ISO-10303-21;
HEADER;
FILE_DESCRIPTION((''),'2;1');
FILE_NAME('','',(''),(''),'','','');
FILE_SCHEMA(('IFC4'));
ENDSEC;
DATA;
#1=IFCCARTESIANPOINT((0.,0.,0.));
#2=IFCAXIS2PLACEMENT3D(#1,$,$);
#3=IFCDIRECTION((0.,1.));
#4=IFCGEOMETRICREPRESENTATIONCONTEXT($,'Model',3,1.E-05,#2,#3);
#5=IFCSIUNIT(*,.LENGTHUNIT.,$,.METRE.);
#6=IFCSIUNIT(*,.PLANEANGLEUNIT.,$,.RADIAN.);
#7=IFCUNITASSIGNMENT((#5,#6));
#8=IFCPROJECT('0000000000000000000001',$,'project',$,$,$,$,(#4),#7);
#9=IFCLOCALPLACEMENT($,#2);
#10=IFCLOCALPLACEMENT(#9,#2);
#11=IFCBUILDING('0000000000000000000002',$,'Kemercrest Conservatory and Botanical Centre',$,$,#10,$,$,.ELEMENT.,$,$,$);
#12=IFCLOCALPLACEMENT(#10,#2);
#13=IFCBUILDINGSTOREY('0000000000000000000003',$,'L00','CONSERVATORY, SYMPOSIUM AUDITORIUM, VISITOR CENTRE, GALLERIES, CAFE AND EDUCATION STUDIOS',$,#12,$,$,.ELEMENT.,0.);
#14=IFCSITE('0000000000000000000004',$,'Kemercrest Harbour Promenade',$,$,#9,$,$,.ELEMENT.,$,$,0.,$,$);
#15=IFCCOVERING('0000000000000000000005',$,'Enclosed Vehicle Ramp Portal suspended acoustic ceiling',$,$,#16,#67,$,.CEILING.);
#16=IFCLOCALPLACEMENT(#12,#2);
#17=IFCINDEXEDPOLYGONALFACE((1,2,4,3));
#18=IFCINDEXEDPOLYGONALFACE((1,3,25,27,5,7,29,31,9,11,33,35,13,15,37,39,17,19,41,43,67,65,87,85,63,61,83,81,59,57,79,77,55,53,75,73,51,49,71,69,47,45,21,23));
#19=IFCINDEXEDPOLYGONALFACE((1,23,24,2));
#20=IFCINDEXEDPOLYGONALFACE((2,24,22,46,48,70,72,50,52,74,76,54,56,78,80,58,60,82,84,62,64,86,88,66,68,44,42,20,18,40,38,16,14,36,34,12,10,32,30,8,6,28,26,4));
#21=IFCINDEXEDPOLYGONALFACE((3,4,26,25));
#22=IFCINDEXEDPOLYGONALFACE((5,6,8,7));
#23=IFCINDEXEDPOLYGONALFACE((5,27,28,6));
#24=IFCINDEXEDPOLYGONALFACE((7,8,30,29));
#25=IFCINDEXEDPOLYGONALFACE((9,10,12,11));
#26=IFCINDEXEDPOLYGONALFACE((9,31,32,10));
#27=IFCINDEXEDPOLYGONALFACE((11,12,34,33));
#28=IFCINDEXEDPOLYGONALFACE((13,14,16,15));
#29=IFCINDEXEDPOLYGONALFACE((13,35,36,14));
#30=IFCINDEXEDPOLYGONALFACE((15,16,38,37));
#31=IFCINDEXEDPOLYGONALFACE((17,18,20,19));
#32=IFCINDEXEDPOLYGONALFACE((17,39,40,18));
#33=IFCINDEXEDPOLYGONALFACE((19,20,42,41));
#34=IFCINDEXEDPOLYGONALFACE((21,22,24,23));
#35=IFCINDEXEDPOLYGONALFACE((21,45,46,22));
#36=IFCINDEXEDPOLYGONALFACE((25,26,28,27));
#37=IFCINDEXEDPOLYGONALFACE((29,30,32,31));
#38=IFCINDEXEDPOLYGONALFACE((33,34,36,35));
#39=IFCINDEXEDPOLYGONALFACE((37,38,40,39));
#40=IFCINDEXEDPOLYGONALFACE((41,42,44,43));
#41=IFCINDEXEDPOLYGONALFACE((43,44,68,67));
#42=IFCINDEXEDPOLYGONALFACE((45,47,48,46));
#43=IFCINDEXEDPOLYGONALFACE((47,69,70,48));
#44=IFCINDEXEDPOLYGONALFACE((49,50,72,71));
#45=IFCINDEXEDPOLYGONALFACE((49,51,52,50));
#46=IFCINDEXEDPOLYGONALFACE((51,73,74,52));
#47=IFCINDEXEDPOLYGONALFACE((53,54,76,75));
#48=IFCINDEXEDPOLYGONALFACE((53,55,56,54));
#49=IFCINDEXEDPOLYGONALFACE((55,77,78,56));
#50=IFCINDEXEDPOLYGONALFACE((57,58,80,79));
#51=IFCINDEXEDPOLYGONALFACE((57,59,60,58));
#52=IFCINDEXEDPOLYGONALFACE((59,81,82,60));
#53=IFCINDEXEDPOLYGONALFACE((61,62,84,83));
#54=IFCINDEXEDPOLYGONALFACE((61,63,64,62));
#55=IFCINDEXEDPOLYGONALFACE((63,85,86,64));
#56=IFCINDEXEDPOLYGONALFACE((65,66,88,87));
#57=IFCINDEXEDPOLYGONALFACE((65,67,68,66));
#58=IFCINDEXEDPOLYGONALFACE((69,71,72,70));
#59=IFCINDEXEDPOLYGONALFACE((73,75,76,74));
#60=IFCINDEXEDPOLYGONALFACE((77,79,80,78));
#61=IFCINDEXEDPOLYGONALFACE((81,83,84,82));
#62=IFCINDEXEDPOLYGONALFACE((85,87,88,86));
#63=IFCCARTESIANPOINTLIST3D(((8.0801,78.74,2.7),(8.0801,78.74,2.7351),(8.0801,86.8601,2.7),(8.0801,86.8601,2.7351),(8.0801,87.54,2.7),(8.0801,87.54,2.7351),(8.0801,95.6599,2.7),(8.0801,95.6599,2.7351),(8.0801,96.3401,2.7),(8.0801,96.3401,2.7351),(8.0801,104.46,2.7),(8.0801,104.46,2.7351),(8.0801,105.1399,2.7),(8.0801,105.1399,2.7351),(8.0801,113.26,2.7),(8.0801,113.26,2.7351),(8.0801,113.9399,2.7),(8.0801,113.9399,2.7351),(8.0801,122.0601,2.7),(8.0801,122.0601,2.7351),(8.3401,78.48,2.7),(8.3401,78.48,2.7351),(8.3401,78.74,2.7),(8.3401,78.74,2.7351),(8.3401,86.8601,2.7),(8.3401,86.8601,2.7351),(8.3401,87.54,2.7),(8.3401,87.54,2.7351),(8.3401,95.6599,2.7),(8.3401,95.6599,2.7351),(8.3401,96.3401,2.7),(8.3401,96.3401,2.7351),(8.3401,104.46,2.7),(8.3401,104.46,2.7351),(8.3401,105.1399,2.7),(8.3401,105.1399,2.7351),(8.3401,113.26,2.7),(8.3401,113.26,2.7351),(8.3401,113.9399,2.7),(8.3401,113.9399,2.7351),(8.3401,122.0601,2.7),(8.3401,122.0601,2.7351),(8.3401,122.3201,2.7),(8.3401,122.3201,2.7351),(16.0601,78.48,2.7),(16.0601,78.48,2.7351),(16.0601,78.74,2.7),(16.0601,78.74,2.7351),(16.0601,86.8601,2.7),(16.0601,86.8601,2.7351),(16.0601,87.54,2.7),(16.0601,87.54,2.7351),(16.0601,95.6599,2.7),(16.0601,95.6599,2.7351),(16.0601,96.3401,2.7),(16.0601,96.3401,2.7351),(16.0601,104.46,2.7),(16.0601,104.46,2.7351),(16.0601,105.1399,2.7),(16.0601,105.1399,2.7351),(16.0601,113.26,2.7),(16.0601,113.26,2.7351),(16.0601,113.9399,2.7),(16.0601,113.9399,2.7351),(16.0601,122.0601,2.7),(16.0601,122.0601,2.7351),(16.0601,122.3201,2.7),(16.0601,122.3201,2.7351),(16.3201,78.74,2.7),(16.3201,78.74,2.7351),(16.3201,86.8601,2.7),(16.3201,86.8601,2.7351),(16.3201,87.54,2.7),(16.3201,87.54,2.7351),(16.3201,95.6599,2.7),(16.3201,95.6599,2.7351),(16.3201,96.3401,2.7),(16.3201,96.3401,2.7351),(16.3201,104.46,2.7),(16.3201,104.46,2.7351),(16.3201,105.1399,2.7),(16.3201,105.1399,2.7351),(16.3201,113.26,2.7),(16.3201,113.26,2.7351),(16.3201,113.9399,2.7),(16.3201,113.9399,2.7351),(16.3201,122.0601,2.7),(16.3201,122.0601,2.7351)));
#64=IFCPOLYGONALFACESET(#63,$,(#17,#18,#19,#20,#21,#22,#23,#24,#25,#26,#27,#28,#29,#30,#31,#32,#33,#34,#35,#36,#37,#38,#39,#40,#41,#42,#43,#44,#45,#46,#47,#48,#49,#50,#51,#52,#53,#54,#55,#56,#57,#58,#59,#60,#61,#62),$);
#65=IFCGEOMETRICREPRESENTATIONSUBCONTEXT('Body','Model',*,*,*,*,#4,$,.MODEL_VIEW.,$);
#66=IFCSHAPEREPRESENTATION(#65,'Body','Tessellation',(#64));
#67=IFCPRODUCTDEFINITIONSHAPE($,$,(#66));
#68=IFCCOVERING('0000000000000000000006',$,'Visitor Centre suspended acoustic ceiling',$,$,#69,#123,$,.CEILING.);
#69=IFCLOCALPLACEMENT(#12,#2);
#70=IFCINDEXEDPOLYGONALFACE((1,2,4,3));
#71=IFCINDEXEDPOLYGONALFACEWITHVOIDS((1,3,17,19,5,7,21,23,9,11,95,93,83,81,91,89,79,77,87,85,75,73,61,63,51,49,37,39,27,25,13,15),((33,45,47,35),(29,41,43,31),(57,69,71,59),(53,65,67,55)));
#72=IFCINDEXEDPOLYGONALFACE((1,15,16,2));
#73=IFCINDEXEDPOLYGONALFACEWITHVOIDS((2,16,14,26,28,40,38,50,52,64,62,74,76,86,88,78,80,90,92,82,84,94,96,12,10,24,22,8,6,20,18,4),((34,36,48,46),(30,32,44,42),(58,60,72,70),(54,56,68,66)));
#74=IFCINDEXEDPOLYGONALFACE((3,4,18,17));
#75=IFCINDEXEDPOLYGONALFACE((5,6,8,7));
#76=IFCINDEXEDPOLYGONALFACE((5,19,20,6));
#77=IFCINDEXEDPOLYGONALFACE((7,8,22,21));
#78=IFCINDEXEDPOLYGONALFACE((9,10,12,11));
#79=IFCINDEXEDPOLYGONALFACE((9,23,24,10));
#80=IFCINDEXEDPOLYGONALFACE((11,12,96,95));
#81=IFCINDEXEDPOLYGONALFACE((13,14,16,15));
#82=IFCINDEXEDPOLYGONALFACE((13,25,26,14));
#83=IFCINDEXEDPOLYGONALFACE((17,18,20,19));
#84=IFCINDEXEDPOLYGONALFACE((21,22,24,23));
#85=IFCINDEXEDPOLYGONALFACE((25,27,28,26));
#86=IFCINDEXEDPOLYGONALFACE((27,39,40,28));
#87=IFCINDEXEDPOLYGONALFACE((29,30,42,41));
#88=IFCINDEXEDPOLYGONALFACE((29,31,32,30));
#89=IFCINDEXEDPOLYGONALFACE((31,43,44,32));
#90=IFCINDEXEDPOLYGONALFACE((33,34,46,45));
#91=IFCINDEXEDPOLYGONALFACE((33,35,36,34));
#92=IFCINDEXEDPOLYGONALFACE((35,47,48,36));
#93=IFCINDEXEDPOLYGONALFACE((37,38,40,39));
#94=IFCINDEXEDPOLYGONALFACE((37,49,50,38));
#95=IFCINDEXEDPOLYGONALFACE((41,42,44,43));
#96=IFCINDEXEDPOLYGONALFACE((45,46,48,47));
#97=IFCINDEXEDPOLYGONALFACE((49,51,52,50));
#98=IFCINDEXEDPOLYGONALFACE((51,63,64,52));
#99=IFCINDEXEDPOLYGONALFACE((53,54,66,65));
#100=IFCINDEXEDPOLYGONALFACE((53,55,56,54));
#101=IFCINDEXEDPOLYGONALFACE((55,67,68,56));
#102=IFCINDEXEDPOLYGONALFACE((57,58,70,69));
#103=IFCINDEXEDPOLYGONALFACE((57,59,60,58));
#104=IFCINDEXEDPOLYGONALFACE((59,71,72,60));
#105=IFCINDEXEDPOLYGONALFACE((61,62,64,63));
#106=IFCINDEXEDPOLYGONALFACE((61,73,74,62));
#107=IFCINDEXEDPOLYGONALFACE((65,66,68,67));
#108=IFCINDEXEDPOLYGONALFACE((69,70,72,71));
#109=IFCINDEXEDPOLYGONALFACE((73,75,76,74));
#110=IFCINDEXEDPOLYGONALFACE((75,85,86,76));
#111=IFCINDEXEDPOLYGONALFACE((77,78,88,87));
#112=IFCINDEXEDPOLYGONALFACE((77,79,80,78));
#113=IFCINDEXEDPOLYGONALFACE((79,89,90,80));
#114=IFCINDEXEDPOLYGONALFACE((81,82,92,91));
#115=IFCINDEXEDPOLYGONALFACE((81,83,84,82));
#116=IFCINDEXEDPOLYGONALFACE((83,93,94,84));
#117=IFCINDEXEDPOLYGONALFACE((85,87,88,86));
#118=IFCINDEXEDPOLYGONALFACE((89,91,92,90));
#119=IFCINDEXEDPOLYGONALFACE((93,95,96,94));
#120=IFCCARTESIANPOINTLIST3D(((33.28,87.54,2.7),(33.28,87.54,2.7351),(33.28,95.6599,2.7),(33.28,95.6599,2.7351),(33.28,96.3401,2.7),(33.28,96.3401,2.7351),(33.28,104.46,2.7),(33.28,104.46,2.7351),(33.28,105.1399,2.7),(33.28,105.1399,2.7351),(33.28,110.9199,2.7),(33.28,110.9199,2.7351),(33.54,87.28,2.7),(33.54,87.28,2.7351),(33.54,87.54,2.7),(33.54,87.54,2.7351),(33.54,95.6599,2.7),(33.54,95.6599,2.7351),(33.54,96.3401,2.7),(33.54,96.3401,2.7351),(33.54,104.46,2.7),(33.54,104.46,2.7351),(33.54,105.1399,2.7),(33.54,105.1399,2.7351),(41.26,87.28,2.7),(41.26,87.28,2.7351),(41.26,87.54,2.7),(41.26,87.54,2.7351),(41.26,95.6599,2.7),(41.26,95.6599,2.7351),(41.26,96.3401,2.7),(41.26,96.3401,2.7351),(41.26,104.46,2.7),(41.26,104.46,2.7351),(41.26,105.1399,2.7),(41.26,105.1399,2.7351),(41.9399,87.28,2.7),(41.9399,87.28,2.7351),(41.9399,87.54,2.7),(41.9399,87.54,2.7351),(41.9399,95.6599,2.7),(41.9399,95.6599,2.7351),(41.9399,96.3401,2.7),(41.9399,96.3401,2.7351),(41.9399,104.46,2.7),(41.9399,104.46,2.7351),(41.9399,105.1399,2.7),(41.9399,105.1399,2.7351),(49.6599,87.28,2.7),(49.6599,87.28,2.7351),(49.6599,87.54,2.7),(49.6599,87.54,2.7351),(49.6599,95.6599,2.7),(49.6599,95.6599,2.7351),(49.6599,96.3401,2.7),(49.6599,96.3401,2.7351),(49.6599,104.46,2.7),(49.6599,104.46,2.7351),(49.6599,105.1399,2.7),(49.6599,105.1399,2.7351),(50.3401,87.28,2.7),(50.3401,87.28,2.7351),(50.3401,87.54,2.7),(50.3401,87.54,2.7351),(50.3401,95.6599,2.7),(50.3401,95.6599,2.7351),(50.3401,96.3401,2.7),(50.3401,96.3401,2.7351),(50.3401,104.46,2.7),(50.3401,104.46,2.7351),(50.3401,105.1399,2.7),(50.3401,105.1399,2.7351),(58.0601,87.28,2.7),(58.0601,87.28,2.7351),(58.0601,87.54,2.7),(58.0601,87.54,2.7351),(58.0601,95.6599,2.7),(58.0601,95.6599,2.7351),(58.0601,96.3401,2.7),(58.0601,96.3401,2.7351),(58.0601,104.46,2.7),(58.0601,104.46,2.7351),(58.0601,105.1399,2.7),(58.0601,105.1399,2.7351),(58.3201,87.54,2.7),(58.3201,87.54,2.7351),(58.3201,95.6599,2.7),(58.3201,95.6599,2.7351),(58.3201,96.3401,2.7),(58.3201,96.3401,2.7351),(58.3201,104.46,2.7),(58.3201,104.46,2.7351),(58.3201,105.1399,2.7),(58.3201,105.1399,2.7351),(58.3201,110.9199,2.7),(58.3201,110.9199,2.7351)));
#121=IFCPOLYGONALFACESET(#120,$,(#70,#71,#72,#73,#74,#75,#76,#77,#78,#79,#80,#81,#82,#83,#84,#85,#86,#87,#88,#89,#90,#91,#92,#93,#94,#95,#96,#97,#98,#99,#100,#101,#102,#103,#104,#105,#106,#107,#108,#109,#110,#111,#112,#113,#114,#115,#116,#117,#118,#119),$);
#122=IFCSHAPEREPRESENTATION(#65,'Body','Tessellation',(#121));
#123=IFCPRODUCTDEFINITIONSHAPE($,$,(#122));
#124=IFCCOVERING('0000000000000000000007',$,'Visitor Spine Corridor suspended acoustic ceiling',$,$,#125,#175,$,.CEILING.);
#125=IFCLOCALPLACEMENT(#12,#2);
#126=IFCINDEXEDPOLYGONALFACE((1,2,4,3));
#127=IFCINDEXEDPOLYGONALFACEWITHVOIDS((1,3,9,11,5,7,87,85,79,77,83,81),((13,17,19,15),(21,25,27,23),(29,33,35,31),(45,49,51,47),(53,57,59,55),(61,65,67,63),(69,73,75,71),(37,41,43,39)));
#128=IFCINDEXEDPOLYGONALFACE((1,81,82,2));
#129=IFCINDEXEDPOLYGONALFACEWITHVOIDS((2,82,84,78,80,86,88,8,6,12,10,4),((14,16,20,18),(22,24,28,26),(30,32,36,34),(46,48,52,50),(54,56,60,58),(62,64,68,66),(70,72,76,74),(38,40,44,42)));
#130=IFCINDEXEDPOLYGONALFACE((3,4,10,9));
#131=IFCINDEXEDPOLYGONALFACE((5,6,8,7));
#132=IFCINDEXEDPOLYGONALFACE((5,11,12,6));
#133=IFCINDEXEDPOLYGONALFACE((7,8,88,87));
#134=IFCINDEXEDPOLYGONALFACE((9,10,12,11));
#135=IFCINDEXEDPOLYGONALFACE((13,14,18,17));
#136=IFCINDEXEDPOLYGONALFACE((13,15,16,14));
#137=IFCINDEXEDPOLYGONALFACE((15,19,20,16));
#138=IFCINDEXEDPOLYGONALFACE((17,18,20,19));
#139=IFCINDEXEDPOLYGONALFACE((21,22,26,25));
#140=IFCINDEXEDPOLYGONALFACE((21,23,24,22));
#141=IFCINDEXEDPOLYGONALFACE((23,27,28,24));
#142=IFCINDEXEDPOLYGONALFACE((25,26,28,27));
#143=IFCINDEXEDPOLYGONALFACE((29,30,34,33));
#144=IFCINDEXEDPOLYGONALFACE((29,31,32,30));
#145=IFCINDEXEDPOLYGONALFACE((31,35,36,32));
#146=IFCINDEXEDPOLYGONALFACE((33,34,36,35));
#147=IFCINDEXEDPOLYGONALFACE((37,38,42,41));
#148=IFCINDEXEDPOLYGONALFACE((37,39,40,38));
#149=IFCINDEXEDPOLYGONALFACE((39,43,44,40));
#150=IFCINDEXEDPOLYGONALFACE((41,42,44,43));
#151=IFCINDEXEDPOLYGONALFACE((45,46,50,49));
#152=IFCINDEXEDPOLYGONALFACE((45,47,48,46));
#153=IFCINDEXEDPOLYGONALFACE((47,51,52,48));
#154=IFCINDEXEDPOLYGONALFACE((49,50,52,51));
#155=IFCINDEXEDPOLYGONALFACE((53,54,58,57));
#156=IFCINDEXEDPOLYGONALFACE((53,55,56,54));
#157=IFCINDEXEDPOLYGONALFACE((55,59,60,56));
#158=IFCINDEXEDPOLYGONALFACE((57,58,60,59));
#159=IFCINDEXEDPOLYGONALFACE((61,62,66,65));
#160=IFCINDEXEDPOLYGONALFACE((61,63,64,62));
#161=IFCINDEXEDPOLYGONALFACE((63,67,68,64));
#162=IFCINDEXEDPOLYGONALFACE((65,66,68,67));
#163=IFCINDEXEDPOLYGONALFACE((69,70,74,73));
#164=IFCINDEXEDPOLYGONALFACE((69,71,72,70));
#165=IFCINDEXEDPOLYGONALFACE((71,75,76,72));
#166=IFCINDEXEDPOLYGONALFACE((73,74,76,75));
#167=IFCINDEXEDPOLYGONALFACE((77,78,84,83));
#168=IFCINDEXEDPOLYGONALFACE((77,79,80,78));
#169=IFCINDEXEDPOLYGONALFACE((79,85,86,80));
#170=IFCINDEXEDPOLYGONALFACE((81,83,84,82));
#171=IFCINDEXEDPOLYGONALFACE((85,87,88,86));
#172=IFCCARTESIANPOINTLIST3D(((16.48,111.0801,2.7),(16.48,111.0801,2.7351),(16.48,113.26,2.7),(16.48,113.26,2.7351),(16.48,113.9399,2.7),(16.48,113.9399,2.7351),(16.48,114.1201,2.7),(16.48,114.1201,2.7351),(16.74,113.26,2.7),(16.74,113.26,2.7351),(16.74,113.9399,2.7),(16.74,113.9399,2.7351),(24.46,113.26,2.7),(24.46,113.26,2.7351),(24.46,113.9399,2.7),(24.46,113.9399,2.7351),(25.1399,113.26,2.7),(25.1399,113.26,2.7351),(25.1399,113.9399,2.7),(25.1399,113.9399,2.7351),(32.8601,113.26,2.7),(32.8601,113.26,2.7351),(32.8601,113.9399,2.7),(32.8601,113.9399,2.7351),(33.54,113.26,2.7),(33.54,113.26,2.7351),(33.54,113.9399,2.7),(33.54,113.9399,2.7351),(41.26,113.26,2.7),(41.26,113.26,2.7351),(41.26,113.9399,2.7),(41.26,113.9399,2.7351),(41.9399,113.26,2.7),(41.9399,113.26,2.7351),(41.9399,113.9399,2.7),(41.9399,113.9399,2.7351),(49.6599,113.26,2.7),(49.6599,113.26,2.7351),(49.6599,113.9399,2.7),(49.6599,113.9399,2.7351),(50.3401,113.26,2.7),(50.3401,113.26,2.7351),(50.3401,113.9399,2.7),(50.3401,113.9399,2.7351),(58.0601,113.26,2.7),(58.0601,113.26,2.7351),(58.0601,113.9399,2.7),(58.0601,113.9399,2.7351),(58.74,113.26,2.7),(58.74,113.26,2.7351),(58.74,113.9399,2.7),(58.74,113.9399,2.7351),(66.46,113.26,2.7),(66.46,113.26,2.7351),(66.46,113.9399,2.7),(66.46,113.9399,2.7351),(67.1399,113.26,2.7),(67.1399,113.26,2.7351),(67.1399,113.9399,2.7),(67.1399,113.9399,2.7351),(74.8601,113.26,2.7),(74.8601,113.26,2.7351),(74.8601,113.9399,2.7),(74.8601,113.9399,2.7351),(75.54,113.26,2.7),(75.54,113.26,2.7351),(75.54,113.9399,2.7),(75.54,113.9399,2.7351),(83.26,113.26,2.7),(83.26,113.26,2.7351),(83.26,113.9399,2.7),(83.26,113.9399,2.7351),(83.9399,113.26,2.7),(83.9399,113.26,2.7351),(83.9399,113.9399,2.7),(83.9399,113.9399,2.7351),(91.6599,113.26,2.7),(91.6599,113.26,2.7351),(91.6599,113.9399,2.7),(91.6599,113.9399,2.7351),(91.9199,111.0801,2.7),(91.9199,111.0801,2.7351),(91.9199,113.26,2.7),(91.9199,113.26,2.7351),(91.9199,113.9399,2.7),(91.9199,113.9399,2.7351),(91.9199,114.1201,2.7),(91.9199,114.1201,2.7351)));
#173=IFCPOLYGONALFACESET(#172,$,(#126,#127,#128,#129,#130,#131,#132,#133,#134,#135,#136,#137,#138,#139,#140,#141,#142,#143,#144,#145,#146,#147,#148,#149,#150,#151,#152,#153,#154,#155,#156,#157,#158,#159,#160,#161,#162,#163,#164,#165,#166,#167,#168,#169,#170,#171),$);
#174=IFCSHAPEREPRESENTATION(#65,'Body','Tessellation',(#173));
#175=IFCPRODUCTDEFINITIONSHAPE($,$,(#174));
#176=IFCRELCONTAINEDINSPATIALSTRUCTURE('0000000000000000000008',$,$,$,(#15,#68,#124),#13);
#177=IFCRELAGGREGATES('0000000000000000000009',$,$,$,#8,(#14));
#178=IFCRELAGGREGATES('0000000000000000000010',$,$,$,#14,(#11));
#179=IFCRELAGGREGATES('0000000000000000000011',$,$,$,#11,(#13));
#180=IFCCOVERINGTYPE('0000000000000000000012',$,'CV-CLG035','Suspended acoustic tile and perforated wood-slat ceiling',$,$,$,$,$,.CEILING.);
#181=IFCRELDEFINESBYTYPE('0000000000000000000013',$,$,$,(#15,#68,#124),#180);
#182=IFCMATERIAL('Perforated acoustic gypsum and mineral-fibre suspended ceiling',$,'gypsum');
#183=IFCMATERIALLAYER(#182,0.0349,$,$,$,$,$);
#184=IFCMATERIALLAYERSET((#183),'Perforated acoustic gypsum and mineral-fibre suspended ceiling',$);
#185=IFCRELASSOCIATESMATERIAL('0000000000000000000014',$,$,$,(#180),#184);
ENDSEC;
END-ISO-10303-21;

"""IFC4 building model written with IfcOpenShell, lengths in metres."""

from ifc_helpers import new_model, si_unit, direction, frame, origin, place, context, subcontext, project, spatial, polyline, outline, extrude, material, layer, layer_set, type_object, element, save


model = new_model("IFC4")

# Units and contexts
model_context = context("Model", 3, precision=1e-05, world=origin(), true_north=direction((0.0, 1.0)))
body_context = subcontext(model_context, "Body", "Model", "MODEL_VIEW")
ifc_project = project(units=[si_unit("LENGTHUNIT", "METRE"), si_unit("PLANEANGLEUNIT", "RADIAN")], contexts=[model_context])

# Site, building, storey
site_placement = place(None, origin())
site = spatial("IfcSite", under=ifc_project, at=site_placement, Name="Kemercrest Harbour Promenade", CompositionType="ELEMENT", RefElevation=0.0)
building_placement = place(site_placement, origin())
building = spatial("IfcBuilding", under=site, at=building_placement, Name="Kemercrest Conservatory and Botanical Centre", CompositionType="ELEMENT")
storey_placement = place(building_placement, origin())
storey = spatial("IfcBuildingStorey", under=building, at=storey_placement, Name="L00", Description="CONSERVATORY, SYMPOSIUM AUDITORIUM, VISITOR CENTRE, GALLERIES, CAFE AND EDUCATION STUDIOS", CompositionType="ELEMENT", Elevation=0.0)

# Coverings
ifc_material = material(Name="Perforated acoustic gypsum and mineral-fibre suspended ceiling", Category="gypsum")
ifc_layer = layer(ifc_material, 0.0349)
ifc_layer_set = layer_set([ifc_layer], Name="Perforated acoustic gypsum and mineral-fibre suspended ceiling")
covering_type = type_object("IfcCoveringType", Name="CV-CLG035", Description="Suspended acoustic tile and perforated wood-slat ceiling", PredefinedType="CEILING", material=ifc_layer_set)
covering_1_placement = place(storey_placement, frame((0.0, 0.0, 2.7)))
element("IfcCovering", 1, at=covering_1_placement, inside=storey, type_object=covering_type, Name="Enclosed Vehicle Ramp Portal suspended acoustic ceiling", PredefinedType="CEILING", context=body_context, shape_type="SweptSolid", body=[
    extrude(outline(polyline([(8.3401, 78.48), (16.0601, 78.48), (16.0601, 78.74), (16.3201, 78.74), (16.3201, 86.8601), (16.0601, 86.8601), (16.0601, 87.54), (16.3201, 87.54), (16.3201, 95.6599), (16.0601, 95.6599), (16.0601, 96.3401), (16.3201, 96.3401), (16.3201, 104.46), (16.0601, 104.46), (16.0601, 105.1399), (16.3201, 105.1399), (16.3201, 113.26), (16.0601, 113.26), (16.0601, 113.9399), (16.3201, 113.9399), (16.3201, 122.0601), (16.0601, 122.0601), (16.0601, 122.3201), (8.3401, 122.3201), (8.3401, 122.0601), (8.0801, 122.0601), (8.0801, 113.9399), (8.3401, 113.9399), (8.3401, 113.26), (8.0801, 113.26), (8.0801, 105.1399), (8.3401, 105.1399), (8.3401, 104.46), (8.0801, 104.46), (8.0801, 96.3401), (8.3401, 96.3401), (8.3401, 95.6599), (8.0801, 95.6599), (8.0801, 87.54), (8.3401, 87.54), (8.3401, 86.8601), (8.0801, 86.8601), (8.0801, 78.74), (8.3401, 78.74), (8.3401, 78.48)])), origin(), (0.0, 0.0, 1.0), 0.0352),
])
covering_2_placement = place(storey_placement, frame((0.0, 0.0, 2.7)))
element("IfcCovering", 2, at=covering_2_placement, inside=storey, type_object=covering_type, Name="Visitor Centre suspended acoustic ceiling", PredefinedType="CEILING", context=body_context, shape_type="SweptSolid", body=[
    extrude(outline(polyline([(49.6599, 87.54), (50.3401, 87.54), (50.3401, 87.28), (58.0601, 87.28), (58.0601, 87.54), (58.3201, 87.54), (58.3201, 95.6599), (58.0601, 95.6599), (58.0601, 96.3401), (58.3201, 96.3401), (58.3201, 104.46), (58.0601, 104.46), (58.0601, 105.1399), (58.3201, 105.1399), (58.3201, 110.9199), (33.28, 110.9199), (33.28, 105.1399), (33.54, 105.1399), (33.54, 104.46), (33.28, 104.46), (33.28, 96.3401), (33.54, 96.3401), (33.54, 95.6599), (33.28, 95.6599), (33.28, 87.54), (33.54, 87.54), (33.54, 87.28), (41.26, 87.28), (41.26, 87.54), (41.9399, 87.54), (41.9399, 87.28), (49.6599, 87.28), (49.6599, 87.54)]), holes=[polyline([(49.6599, 95.6599), (49.6599, 96.3401), (50.3401, 96.3401), (50.3401, 95.6599), (49.6599, 95.6599)]), polyline([(49.6599, 104.46), (49.6599, 105.1399), (50.3401, 105.1399), (50.3401, 104.46), (49.6599, 104.46)]), polyline([(41.26, 95.6599), (41.26, 96.3401), (41.9399, 96.3401), (41.9399, 95.6599), (41.26, 95.6599)]), polyline([(41.26, 104.46), (41.26, 105.1399), (41.9399, 105.1399), (41.9399, 104.46), (41.26, 104.46)])]), origin(), (0.0, 0.0, 1.0), 0.0352),
])
covering_3_placement = place(storey_placement, frame((0.0, 0.0, 2.7)))
element("IfcCovering", 3, at=covering_3_placement, inside=storey, type_object=covering_type, Name="Visitor Spine Corridor suspended acoustic ceiling", PredefinedType="CEILING", context=body_context, shape_type="SweptSolid", body=[
    extrude(outline(polyline([(16.74, 113.26), (16.48, 113.26), (16.48, 111.0801), (91.9199, 111.0801), (91.9199, 113.26), (91.6599, 113.26), (91.6599, 113.9399), (91.9199, 113.9399), (91.9199, 114.1201), (16.48, 114.1201), (16.48, 113.9399), (16.74, 113.9399), (16.74, 113.26)]), holes=[polyline([(83.26, 113.26), (83.26, 113.9399), (83.9399, 113.9399), (83.9399, 113.26), (83.26, 113.26)]), polyline([(74.8601, 113.26), (74.8601, 113.9399), (75.54, 113.9399), (75.54, 113.26), (74.8601, 113.26)]), polyline([(66.46, 113.26), (66.46, 113.9399), (67.1399, 113.9399), (67.1399, 113.26), (66.46, 113.26)]), polyline([(58.0601, 113.26), (58.0601, 113.9399), (58.74, 113.9399), (58.74, 113.26), (58.0601, 113.26)]), polyline([(49.6599, 113.26), (49.6599, 113.9399), (50.3401, 113.9399), (50.3401, 113.26), (49.6599, 113.26)]), polyline([(41.9399, 113.26), (41.26, 113.26), (41.26, 113.9399), (41.9399, 113.9399), (41.9399, 113.26)]), polyline([(32.8601, 113.26), (32.8601, 113.9399), (33.54, 113.9399), (33.54, 113.26), (32.8601, 113.26)]), polyline([(24.46, 113.26), (24.46, 113.9399), (25.1399, 113.9399), (25.1399, 113.26), (24.46, 113.26)])]), origin(), (0.0, 0.0, 1.0), 0.0352),
])

save(model, "model.ifc")
